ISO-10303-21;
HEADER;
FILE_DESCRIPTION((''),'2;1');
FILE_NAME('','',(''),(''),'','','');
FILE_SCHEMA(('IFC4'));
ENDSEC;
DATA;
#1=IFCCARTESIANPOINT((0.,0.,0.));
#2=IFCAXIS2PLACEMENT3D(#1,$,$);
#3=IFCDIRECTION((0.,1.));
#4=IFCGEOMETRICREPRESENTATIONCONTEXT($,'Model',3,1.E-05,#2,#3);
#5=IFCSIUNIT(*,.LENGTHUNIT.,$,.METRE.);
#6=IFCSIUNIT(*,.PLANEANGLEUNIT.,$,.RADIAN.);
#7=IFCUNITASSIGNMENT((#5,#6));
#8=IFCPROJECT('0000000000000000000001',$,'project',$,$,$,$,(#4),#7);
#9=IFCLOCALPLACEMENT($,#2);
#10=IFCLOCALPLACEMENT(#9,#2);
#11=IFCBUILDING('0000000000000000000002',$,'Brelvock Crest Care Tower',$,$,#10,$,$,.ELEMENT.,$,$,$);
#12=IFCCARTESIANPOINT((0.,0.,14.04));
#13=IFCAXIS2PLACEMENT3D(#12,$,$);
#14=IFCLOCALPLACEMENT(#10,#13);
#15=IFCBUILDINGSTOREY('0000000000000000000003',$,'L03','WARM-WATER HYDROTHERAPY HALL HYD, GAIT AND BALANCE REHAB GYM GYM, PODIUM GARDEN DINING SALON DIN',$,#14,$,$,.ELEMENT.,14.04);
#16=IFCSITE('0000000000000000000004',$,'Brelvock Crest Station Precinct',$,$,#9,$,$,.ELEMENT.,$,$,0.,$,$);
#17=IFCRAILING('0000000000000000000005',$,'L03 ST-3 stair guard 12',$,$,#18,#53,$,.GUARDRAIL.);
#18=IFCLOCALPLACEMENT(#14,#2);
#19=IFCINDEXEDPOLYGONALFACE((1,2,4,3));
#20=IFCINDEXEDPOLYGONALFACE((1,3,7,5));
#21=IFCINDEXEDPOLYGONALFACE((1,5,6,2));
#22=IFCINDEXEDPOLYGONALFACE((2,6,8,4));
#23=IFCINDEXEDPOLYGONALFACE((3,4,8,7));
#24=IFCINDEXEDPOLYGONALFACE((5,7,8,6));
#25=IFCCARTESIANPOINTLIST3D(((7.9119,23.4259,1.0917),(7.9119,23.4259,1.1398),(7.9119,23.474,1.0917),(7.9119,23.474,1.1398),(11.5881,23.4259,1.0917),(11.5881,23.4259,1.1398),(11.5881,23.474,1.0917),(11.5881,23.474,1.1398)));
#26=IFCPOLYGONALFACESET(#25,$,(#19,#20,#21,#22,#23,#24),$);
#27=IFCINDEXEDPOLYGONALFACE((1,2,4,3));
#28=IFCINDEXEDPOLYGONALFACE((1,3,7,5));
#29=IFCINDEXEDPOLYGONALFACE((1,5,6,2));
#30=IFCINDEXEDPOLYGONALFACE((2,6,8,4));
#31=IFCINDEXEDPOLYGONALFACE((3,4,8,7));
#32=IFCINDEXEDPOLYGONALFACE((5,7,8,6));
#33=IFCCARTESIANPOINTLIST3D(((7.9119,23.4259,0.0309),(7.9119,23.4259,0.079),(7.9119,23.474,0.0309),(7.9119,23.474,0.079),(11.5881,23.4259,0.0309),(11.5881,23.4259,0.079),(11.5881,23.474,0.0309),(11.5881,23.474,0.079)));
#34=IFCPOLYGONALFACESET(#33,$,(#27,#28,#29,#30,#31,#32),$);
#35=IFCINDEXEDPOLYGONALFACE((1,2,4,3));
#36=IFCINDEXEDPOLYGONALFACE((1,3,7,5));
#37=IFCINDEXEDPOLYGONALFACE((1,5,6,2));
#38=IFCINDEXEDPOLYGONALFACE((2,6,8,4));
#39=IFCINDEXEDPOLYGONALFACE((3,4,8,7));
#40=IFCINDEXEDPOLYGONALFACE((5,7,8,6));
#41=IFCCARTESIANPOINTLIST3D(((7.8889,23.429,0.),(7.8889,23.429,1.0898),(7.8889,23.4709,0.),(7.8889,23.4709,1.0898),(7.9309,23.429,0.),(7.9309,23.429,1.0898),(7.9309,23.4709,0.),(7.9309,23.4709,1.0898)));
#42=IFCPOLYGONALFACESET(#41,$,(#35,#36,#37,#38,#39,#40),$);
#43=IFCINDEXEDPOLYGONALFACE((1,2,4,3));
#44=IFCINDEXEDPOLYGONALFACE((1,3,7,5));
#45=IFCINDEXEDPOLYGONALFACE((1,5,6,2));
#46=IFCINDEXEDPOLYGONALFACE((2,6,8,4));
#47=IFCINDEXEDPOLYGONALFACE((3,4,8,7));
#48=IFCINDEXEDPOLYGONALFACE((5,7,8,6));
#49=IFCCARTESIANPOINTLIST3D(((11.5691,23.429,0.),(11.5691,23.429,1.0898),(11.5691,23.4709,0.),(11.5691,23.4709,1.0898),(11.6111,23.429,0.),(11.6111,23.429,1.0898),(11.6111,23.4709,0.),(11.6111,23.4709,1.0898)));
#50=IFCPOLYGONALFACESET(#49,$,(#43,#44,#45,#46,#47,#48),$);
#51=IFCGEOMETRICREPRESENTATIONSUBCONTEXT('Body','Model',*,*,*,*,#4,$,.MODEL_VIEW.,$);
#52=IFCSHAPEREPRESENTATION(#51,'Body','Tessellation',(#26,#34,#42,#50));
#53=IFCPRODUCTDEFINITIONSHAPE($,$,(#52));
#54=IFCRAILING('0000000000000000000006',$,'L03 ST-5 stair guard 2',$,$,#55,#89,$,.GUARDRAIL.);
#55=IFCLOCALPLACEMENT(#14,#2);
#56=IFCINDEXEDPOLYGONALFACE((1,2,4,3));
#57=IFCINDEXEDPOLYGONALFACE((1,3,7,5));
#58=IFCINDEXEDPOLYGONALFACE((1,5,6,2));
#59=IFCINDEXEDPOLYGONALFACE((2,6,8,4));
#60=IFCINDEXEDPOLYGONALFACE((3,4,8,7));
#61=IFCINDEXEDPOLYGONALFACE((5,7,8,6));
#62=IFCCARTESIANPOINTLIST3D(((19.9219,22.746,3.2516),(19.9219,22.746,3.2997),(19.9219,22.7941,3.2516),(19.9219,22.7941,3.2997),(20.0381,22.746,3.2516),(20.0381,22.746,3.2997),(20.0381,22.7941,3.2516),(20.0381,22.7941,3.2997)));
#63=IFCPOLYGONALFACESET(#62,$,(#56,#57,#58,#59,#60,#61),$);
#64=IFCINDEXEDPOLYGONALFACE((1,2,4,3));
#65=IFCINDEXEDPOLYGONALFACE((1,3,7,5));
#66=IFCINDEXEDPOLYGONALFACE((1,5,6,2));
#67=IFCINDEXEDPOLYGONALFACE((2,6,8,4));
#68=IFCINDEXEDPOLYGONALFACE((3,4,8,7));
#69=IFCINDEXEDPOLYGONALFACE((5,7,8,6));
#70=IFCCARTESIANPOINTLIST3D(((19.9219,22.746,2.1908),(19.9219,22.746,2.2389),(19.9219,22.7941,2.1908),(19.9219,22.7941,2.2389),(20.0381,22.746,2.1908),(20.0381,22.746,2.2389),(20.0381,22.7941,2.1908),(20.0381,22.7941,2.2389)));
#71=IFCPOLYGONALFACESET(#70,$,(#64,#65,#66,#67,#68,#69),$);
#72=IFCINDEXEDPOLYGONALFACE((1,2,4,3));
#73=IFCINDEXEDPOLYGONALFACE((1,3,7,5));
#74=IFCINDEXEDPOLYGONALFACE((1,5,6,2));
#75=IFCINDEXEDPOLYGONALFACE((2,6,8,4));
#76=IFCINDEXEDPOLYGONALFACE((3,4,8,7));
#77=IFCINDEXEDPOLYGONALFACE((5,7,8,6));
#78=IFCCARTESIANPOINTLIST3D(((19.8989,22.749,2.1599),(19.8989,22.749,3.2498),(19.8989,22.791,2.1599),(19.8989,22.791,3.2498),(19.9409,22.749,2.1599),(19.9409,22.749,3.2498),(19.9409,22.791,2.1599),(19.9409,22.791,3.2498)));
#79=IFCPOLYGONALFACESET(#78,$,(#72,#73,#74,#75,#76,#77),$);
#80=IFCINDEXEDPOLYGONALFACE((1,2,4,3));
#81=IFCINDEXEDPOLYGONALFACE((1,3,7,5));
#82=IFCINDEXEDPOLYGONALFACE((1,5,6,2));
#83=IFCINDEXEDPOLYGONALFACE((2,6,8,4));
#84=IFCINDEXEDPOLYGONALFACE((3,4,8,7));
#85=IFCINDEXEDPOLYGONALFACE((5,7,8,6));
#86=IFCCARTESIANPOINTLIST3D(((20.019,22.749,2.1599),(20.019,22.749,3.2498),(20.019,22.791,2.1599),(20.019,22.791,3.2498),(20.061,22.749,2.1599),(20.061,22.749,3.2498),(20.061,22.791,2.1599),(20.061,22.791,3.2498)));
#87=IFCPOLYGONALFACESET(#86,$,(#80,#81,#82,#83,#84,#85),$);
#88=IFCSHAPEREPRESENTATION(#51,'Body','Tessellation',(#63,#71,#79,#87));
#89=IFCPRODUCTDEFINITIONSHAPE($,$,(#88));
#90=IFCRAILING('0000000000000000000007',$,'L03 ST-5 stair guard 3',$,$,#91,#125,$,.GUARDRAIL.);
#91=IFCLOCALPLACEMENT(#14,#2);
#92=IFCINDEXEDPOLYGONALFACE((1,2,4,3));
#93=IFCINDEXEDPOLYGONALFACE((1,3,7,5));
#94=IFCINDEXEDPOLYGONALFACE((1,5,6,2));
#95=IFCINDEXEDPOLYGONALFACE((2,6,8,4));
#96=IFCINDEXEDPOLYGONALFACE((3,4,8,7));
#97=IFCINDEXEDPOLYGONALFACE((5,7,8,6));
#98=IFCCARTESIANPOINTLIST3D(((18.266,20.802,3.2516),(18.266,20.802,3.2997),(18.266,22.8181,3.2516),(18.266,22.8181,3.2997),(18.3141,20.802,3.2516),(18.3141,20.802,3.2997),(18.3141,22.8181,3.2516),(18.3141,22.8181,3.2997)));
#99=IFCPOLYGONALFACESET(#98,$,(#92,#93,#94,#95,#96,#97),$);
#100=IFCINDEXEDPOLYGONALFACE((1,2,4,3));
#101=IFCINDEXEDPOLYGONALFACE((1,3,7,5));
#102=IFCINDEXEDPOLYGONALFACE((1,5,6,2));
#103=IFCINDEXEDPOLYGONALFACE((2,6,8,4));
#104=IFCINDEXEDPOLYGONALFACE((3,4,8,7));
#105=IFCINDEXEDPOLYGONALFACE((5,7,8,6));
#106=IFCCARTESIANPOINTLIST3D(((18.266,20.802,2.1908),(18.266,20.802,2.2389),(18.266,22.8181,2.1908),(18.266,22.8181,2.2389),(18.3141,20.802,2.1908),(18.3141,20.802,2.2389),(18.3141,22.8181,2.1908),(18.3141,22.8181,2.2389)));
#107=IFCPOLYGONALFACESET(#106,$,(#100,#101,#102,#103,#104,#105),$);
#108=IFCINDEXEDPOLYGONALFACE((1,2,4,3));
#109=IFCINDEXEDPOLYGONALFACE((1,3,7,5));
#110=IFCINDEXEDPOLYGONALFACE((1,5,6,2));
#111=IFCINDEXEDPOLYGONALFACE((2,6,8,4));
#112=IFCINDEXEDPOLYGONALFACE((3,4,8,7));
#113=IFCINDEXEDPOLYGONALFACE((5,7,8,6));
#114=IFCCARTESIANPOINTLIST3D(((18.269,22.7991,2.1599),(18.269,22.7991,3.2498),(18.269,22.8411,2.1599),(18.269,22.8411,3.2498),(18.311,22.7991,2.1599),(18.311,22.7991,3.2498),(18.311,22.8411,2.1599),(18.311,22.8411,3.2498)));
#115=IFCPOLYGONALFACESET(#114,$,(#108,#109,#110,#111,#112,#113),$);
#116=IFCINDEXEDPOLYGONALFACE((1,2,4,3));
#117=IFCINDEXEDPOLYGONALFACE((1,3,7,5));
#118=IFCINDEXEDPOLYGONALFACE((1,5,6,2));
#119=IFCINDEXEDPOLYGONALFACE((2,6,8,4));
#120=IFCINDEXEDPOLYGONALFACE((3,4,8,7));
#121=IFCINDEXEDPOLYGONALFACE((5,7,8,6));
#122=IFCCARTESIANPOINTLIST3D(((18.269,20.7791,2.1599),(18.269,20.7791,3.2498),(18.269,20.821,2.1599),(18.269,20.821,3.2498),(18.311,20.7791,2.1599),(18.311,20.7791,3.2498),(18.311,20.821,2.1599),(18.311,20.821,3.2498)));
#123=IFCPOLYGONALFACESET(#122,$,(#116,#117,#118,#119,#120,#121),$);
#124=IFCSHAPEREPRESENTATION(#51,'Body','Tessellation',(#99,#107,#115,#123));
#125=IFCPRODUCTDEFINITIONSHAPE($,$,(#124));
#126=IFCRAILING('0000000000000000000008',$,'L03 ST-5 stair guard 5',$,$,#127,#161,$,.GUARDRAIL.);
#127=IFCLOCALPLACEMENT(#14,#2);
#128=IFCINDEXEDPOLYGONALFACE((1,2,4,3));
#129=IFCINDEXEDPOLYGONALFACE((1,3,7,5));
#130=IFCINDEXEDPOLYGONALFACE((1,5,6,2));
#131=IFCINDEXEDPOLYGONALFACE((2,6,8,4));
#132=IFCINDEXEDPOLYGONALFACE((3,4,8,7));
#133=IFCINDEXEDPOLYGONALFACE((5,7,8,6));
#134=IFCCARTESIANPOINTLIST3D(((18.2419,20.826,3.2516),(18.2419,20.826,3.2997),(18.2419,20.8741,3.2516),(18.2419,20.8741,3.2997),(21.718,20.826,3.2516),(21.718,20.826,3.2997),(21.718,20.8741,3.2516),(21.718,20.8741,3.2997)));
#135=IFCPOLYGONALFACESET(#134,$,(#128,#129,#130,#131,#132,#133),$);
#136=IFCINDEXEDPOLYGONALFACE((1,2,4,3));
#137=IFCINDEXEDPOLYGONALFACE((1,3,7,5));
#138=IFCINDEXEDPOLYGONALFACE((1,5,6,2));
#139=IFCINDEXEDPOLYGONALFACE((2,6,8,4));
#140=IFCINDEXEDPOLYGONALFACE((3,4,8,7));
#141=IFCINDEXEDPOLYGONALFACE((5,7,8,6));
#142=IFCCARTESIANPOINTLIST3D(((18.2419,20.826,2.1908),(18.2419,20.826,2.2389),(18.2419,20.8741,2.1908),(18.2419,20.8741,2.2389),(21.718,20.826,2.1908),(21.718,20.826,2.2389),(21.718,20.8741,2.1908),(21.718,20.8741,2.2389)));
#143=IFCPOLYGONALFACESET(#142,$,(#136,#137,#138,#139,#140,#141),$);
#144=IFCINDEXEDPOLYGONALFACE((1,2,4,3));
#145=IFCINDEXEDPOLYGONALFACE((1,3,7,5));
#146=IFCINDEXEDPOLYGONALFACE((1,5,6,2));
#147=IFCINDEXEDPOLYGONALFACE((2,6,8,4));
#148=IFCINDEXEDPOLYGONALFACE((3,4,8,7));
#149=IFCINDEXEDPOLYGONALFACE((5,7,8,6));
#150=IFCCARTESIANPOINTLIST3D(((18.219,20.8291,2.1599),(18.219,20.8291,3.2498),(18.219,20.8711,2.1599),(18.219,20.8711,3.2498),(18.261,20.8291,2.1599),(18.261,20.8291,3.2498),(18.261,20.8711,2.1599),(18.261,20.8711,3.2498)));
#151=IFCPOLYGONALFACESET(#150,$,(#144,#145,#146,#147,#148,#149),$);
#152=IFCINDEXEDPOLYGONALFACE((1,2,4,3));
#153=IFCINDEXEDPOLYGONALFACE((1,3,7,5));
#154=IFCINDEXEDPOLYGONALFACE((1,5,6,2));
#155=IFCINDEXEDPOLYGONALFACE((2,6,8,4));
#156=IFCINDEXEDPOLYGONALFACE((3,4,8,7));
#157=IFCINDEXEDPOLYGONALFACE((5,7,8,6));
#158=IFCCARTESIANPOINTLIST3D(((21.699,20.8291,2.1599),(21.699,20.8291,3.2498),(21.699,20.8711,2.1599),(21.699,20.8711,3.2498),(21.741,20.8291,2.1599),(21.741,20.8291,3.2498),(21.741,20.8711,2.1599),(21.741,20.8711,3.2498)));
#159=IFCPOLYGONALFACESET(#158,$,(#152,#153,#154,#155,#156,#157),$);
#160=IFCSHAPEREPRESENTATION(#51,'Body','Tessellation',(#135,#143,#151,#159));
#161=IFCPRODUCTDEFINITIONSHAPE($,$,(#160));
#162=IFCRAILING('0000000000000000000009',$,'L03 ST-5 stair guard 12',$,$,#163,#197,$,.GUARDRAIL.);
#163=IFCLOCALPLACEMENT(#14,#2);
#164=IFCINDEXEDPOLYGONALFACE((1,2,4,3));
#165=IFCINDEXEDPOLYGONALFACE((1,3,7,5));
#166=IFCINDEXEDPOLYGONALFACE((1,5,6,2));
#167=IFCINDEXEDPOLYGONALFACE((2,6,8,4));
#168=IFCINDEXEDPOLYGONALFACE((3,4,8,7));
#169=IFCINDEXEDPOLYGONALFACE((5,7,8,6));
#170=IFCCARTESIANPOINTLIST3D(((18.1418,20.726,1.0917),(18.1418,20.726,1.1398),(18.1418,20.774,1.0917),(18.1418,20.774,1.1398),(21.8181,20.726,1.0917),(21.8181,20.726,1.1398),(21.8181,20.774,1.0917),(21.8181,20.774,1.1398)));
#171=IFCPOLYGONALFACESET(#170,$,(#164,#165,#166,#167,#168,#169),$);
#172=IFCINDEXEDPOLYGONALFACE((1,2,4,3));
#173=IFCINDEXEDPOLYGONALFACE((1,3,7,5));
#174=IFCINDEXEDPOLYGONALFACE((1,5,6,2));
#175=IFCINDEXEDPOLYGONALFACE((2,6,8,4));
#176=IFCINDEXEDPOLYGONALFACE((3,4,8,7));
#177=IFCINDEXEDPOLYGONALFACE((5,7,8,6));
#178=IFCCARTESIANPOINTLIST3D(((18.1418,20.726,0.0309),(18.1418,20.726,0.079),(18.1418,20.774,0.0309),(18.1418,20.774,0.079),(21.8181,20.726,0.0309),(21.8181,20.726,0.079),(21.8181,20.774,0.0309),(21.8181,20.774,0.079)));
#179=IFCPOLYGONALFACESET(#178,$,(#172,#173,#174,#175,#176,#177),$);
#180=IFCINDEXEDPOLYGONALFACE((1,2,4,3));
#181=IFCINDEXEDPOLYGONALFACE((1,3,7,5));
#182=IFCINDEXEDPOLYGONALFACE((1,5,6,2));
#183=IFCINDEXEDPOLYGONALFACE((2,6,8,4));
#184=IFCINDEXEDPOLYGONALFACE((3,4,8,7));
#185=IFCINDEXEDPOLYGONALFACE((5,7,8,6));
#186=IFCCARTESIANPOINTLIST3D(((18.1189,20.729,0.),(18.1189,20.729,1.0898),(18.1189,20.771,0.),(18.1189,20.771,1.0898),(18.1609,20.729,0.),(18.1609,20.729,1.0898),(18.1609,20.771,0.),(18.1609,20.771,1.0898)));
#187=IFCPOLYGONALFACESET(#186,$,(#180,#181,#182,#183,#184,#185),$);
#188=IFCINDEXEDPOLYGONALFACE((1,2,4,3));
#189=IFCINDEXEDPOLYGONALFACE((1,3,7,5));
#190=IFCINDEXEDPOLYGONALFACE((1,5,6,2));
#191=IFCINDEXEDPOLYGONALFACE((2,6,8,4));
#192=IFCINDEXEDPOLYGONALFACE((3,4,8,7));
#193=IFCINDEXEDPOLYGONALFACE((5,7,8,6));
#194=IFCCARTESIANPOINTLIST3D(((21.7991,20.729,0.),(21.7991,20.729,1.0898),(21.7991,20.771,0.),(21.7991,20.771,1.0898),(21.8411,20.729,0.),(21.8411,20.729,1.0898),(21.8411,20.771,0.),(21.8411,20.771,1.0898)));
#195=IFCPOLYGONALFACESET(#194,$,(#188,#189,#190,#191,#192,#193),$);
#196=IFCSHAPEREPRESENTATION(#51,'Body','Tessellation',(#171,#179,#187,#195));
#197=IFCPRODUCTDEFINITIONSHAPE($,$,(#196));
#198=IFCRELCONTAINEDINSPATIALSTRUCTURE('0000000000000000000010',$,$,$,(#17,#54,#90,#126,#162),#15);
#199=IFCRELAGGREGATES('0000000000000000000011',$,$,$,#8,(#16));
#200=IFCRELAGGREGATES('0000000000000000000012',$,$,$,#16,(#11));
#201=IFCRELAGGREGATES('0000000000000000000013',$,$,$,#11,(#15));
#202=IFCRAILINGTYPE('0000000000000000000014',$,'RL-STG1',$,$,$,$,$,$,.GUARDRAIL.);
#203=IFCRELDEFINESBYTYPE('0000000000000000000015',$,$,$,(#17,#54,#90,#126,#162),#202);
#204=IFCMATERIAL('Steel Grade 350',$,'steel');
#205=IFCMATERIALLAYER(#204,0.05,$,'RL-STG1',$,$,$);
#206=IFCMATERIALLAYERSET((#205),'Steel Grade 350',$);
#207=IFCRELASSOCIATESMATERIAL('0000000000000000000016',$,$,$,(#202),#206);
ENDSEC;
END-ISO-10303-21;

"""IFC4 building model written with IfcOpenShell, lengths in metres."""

from ifc_helpers import new_model, si_unit, direction, frame, origin, origin_2d, place, context, subcontext, project, spatial, rectangle, extrude, material, layer, layer_set, type_object, element, save


model = new_model("IFC4")

# Units and contexts
model_context = context("Model", 3, precision=1e-05, world=origin(), true_north=direction((0.0, 1.0)))
body_context = subcontext(model_context, "Body", "Model", "MODEL_VIEW")
ifc_project = project(units=[si_unit("LENGTHUNIT", "METRE"), si_unit("PLANEANGLEUNIT", "RADIAN")], contexts=[model_context])

# Site, building, storey
site_placement = place(None, origin())
site = spatial("IfcSite", under=ifc_project, at=site_placement, Name="Brelvock Crest Station Precinct", CompositionType="ELEMENT", RefElevation=0.0)
building_placement = place(site_placement, origin())
building = spatial("IfcBuilding", under=site, at=building_placement, Name="Brelvock Crest Care Tower", CompositionType="ELEMENT")
storey_placement = place(building_placement, frame((0.0, 0.0, 14.04)))
storey = spatial("IfcBuildingStorey", under=building, at=storey_placement, Name="L03", Description="WARM-WATER HYDROTHERAPY HALL HYD, GAIT AND BALANCE REHAB GYM GYM, PODIUM GARDEN DINING SALON DIN", CompositionType="ELEMENT", Elevation=14.04)

# Shared definitions
ifc_material_1 = material(Name="Steel Grade 350", Category="steel")

# Railings
ifc_layer_1 = layer(ifc_material_1, 0.05, Name="RL-STG1")
ifc_layer_set_1 = layer_set([ifc_layer_1], Name="Steel Grade 350")
railing_type = type_object("IfcRailingType", Name="RL-STG1", PredefinedType="GUARDRAIL", material=ifc_layer_set_1)
railing_1_placement = place(storey_placement, frame((7.9099, 23.45, 0.0)))
element("IfcRailing", 1, at=railing_1_placement, inside=storey, type_object=railing_type, Name="L03 ST-3 stair guard 12", PredefinedType="GUARDRAIL", context=body_context, shape_type="SweptSolid", body=[
    extrude(rectangle(XDim=0.0481, YDim=0.0481, at=origin_2d()), frame((0.002, 0.0, 1.1157), z_axis=(1.0, 0.0, 0.0), x_axis=(0.0, 1.0, 0.0)), (0.0, 0.0, 1.0), 3.6763),
    extrude(rectangle(XDim=0.0481, YDim=0.0481, at=origin_2d()), frame((0.002, 0.0, 0.0549), z_axis=(1.0, 0.0, 0.0), x_axis=(0.0, 1.0, 0.0)), (0.0, 0.0, 1.0), 3.6763),
    extrude(rectangle(XDim=0.042, YDim=0.042, at=origin_2d()), origin(), (0.0, 0.0, 1.0), 1.0898),
    extrude(rectangle(XDim=0.042, YDim=0.042, at=origin_2d()), frame((3.6802, 0.0, 0.0)), (0.0, 0.0, 1.0), 1.0898),
])
railing_2_placement = place(storey_placement, frame((19.9199, 22.77, 2.1599)))
element("IfcRailing", 2, at=railing_2_placement, inside=storey, type_object=railing_type, Name="L03 ST-5 stair guard 2", PredefinedType="GUARDRAIL", context=body_context, shape_type="SweptSolid", body=[
    extrude(rectangle(XDim=0.0481, YDim=0.0481, at=origin_2d()), frame((0.002, 0.0, 1.1157), z_axis=(1.0, 0.0, 0.0), x_axis=(0.0, 1.0, 0.0)), (0.0, 0.0, 1.0), 0.1162),
    extrude(rectangle(XDim=0.0481, YDim=0.0481, at=origin_2d()), frame((0.002, 0.0, 0.0549), z_axis=(1.0, 0.0, 0.0), x_axis=(0.0, 1.0, 0.0)), (0.0, 0.0, 1.0), 0.1162),
    extrude(rectangle(XDim=0.042, YDim=0.042, at=origin_2d()), origin(), (0.0, 0.0, 1.0), 1.0898),
    extrude(rectangle(XDim=0.042, YDim=0.042, at=origin_2d()), frame((0.1201, 0.0, 0.0)), (0.0, 0.0, 1.0), 1.0898),
])
railing_3_placement = place(storey_placement, frame((18.29, 22.8201, 2.1599)))
element("IfcRailing", 3, at=railing_3_placement, inside=storey, type_object=railing_type, Name="L03 ST-5 stair guard 3", PredefinedType="GUARDRAIL", context=body_context, shape_type="SweptSolid", body=[
    extrude(rectangle(XDim=0.0481, YDim=0.0481, at=origin_2d()), frame((0.0, -0.002, 1.1157), z_axis=(0.0, -1.0, 0.0), x_axis=(1.0, 0.0, 0.0)), (0.0, 0.0, 1.0), 2.0161),
    extrude(rectangle(XDim=0.0481, YDim=0.0481, at=origin_2d()), frame((0.0, -0.002, 0.0549), z_axis=(0.0, -1.0, 0.0), x_axis=(1.0, 0.0, 0.0)), (0.0, 0.0, 1.0), 2.0161),
    extrude(rectangle(XDim=0.042, YDim=0.042, at=origin_2d()), origin(), (0.0, 0.0, 1.0), 1.0898),
    extrude(rectangle(XDim=0.042, YDim=0.042, at=origin_2d()), frame((0.0, -2.02, 0.0)), (0.0, 0.0, 1.0), 1.0898),
])
railing_4_placement = place(storey_placement, frame((18.24, 20.8501, 2.1599)))
element("IfcRailing", 4, at=railing_4_placement, inside=storey, type_object=railing_type, Name="L03 ST-5 stair guard 5", PredefinedType="GUARDRAIL", context=body_context, shape_type="SweptSolid", body=[
    extrude(rectangle(XDim=0.0481, YDim=0.0481, at=origin_2d()), frame((0.002, 0.0, 1.1157), z_axis=(1.0, 0.0, 0.0), x_axis=(0.0, 1.0, 0.0)), (0.0, 0.0, 1.0), 3.4761),
    extrude(rectangle(XDim=0.0481, YDim=0.0481, at=origin_2d()), frame((0.002, 0.0, 0.0549), z_axis=(1.0, 0.0, 0.0), x_axis=(0.0, 1.0, 0.0)), (0.0, 0.0, 1.0), 3.4761),
    extrude(rectangle(XDim=0.042, YDim=0.042, at=origin_2d()), origin(), (0.0, 0.0, 1.0), 1.0898),
    extrude(rectangle(XDim=0.042, YDim=0.042, at=origin_2d()), frame((3.48, 0.0, 0.0)), (0.0, 0.0, 1.0), 1.0898),
])
railing_5_placement = place(storey_placement, frame((18.1399, 20.75, 0.0)))
element("IfcRailing", 5, at=railing_5_placement, inside=storey, type_object=railing_type, Name="L03 ST-5 stair guard 12", PredefinedType="GUARDRAIL", context=body_context, shape_type="SweptSolid", body=[
    extrude(rectangle(XDim=0.0481, YDim=0.0481, at=origin_2d()), frame((0.002, 0.0, 1.1157), z_axis=(1.0, 0.0, 0.0), x_axis=(0.0, 1.0, 0.0)), (0.0, 0.0, 1.0), 3.6763),
    extrude(rectangle(XDim=0.0481, YDim=0.0481, at=origin_2d()), frame((0.002, 0.0, 0.0549), z_axis=(1.0, 0.0, 0.0), x_axis=(0.0, 1.0, 0.0)), (0.0, 0.0, 1.0), 3.6763),
    extrude(rectangle(XDim=0.042, YDim=0.042, at=origin_2d()), origin(), (0.0, 0.0, 1.0), 1.0898),
    extrude(rectangle(XDim=0.042, YDim=0.042, at=origin_2d()), frame((3.6802, 0.0, 0.0)), (0.0, 0.0, 1.0), 1.0898),
])

save(model, "model.ifc")
